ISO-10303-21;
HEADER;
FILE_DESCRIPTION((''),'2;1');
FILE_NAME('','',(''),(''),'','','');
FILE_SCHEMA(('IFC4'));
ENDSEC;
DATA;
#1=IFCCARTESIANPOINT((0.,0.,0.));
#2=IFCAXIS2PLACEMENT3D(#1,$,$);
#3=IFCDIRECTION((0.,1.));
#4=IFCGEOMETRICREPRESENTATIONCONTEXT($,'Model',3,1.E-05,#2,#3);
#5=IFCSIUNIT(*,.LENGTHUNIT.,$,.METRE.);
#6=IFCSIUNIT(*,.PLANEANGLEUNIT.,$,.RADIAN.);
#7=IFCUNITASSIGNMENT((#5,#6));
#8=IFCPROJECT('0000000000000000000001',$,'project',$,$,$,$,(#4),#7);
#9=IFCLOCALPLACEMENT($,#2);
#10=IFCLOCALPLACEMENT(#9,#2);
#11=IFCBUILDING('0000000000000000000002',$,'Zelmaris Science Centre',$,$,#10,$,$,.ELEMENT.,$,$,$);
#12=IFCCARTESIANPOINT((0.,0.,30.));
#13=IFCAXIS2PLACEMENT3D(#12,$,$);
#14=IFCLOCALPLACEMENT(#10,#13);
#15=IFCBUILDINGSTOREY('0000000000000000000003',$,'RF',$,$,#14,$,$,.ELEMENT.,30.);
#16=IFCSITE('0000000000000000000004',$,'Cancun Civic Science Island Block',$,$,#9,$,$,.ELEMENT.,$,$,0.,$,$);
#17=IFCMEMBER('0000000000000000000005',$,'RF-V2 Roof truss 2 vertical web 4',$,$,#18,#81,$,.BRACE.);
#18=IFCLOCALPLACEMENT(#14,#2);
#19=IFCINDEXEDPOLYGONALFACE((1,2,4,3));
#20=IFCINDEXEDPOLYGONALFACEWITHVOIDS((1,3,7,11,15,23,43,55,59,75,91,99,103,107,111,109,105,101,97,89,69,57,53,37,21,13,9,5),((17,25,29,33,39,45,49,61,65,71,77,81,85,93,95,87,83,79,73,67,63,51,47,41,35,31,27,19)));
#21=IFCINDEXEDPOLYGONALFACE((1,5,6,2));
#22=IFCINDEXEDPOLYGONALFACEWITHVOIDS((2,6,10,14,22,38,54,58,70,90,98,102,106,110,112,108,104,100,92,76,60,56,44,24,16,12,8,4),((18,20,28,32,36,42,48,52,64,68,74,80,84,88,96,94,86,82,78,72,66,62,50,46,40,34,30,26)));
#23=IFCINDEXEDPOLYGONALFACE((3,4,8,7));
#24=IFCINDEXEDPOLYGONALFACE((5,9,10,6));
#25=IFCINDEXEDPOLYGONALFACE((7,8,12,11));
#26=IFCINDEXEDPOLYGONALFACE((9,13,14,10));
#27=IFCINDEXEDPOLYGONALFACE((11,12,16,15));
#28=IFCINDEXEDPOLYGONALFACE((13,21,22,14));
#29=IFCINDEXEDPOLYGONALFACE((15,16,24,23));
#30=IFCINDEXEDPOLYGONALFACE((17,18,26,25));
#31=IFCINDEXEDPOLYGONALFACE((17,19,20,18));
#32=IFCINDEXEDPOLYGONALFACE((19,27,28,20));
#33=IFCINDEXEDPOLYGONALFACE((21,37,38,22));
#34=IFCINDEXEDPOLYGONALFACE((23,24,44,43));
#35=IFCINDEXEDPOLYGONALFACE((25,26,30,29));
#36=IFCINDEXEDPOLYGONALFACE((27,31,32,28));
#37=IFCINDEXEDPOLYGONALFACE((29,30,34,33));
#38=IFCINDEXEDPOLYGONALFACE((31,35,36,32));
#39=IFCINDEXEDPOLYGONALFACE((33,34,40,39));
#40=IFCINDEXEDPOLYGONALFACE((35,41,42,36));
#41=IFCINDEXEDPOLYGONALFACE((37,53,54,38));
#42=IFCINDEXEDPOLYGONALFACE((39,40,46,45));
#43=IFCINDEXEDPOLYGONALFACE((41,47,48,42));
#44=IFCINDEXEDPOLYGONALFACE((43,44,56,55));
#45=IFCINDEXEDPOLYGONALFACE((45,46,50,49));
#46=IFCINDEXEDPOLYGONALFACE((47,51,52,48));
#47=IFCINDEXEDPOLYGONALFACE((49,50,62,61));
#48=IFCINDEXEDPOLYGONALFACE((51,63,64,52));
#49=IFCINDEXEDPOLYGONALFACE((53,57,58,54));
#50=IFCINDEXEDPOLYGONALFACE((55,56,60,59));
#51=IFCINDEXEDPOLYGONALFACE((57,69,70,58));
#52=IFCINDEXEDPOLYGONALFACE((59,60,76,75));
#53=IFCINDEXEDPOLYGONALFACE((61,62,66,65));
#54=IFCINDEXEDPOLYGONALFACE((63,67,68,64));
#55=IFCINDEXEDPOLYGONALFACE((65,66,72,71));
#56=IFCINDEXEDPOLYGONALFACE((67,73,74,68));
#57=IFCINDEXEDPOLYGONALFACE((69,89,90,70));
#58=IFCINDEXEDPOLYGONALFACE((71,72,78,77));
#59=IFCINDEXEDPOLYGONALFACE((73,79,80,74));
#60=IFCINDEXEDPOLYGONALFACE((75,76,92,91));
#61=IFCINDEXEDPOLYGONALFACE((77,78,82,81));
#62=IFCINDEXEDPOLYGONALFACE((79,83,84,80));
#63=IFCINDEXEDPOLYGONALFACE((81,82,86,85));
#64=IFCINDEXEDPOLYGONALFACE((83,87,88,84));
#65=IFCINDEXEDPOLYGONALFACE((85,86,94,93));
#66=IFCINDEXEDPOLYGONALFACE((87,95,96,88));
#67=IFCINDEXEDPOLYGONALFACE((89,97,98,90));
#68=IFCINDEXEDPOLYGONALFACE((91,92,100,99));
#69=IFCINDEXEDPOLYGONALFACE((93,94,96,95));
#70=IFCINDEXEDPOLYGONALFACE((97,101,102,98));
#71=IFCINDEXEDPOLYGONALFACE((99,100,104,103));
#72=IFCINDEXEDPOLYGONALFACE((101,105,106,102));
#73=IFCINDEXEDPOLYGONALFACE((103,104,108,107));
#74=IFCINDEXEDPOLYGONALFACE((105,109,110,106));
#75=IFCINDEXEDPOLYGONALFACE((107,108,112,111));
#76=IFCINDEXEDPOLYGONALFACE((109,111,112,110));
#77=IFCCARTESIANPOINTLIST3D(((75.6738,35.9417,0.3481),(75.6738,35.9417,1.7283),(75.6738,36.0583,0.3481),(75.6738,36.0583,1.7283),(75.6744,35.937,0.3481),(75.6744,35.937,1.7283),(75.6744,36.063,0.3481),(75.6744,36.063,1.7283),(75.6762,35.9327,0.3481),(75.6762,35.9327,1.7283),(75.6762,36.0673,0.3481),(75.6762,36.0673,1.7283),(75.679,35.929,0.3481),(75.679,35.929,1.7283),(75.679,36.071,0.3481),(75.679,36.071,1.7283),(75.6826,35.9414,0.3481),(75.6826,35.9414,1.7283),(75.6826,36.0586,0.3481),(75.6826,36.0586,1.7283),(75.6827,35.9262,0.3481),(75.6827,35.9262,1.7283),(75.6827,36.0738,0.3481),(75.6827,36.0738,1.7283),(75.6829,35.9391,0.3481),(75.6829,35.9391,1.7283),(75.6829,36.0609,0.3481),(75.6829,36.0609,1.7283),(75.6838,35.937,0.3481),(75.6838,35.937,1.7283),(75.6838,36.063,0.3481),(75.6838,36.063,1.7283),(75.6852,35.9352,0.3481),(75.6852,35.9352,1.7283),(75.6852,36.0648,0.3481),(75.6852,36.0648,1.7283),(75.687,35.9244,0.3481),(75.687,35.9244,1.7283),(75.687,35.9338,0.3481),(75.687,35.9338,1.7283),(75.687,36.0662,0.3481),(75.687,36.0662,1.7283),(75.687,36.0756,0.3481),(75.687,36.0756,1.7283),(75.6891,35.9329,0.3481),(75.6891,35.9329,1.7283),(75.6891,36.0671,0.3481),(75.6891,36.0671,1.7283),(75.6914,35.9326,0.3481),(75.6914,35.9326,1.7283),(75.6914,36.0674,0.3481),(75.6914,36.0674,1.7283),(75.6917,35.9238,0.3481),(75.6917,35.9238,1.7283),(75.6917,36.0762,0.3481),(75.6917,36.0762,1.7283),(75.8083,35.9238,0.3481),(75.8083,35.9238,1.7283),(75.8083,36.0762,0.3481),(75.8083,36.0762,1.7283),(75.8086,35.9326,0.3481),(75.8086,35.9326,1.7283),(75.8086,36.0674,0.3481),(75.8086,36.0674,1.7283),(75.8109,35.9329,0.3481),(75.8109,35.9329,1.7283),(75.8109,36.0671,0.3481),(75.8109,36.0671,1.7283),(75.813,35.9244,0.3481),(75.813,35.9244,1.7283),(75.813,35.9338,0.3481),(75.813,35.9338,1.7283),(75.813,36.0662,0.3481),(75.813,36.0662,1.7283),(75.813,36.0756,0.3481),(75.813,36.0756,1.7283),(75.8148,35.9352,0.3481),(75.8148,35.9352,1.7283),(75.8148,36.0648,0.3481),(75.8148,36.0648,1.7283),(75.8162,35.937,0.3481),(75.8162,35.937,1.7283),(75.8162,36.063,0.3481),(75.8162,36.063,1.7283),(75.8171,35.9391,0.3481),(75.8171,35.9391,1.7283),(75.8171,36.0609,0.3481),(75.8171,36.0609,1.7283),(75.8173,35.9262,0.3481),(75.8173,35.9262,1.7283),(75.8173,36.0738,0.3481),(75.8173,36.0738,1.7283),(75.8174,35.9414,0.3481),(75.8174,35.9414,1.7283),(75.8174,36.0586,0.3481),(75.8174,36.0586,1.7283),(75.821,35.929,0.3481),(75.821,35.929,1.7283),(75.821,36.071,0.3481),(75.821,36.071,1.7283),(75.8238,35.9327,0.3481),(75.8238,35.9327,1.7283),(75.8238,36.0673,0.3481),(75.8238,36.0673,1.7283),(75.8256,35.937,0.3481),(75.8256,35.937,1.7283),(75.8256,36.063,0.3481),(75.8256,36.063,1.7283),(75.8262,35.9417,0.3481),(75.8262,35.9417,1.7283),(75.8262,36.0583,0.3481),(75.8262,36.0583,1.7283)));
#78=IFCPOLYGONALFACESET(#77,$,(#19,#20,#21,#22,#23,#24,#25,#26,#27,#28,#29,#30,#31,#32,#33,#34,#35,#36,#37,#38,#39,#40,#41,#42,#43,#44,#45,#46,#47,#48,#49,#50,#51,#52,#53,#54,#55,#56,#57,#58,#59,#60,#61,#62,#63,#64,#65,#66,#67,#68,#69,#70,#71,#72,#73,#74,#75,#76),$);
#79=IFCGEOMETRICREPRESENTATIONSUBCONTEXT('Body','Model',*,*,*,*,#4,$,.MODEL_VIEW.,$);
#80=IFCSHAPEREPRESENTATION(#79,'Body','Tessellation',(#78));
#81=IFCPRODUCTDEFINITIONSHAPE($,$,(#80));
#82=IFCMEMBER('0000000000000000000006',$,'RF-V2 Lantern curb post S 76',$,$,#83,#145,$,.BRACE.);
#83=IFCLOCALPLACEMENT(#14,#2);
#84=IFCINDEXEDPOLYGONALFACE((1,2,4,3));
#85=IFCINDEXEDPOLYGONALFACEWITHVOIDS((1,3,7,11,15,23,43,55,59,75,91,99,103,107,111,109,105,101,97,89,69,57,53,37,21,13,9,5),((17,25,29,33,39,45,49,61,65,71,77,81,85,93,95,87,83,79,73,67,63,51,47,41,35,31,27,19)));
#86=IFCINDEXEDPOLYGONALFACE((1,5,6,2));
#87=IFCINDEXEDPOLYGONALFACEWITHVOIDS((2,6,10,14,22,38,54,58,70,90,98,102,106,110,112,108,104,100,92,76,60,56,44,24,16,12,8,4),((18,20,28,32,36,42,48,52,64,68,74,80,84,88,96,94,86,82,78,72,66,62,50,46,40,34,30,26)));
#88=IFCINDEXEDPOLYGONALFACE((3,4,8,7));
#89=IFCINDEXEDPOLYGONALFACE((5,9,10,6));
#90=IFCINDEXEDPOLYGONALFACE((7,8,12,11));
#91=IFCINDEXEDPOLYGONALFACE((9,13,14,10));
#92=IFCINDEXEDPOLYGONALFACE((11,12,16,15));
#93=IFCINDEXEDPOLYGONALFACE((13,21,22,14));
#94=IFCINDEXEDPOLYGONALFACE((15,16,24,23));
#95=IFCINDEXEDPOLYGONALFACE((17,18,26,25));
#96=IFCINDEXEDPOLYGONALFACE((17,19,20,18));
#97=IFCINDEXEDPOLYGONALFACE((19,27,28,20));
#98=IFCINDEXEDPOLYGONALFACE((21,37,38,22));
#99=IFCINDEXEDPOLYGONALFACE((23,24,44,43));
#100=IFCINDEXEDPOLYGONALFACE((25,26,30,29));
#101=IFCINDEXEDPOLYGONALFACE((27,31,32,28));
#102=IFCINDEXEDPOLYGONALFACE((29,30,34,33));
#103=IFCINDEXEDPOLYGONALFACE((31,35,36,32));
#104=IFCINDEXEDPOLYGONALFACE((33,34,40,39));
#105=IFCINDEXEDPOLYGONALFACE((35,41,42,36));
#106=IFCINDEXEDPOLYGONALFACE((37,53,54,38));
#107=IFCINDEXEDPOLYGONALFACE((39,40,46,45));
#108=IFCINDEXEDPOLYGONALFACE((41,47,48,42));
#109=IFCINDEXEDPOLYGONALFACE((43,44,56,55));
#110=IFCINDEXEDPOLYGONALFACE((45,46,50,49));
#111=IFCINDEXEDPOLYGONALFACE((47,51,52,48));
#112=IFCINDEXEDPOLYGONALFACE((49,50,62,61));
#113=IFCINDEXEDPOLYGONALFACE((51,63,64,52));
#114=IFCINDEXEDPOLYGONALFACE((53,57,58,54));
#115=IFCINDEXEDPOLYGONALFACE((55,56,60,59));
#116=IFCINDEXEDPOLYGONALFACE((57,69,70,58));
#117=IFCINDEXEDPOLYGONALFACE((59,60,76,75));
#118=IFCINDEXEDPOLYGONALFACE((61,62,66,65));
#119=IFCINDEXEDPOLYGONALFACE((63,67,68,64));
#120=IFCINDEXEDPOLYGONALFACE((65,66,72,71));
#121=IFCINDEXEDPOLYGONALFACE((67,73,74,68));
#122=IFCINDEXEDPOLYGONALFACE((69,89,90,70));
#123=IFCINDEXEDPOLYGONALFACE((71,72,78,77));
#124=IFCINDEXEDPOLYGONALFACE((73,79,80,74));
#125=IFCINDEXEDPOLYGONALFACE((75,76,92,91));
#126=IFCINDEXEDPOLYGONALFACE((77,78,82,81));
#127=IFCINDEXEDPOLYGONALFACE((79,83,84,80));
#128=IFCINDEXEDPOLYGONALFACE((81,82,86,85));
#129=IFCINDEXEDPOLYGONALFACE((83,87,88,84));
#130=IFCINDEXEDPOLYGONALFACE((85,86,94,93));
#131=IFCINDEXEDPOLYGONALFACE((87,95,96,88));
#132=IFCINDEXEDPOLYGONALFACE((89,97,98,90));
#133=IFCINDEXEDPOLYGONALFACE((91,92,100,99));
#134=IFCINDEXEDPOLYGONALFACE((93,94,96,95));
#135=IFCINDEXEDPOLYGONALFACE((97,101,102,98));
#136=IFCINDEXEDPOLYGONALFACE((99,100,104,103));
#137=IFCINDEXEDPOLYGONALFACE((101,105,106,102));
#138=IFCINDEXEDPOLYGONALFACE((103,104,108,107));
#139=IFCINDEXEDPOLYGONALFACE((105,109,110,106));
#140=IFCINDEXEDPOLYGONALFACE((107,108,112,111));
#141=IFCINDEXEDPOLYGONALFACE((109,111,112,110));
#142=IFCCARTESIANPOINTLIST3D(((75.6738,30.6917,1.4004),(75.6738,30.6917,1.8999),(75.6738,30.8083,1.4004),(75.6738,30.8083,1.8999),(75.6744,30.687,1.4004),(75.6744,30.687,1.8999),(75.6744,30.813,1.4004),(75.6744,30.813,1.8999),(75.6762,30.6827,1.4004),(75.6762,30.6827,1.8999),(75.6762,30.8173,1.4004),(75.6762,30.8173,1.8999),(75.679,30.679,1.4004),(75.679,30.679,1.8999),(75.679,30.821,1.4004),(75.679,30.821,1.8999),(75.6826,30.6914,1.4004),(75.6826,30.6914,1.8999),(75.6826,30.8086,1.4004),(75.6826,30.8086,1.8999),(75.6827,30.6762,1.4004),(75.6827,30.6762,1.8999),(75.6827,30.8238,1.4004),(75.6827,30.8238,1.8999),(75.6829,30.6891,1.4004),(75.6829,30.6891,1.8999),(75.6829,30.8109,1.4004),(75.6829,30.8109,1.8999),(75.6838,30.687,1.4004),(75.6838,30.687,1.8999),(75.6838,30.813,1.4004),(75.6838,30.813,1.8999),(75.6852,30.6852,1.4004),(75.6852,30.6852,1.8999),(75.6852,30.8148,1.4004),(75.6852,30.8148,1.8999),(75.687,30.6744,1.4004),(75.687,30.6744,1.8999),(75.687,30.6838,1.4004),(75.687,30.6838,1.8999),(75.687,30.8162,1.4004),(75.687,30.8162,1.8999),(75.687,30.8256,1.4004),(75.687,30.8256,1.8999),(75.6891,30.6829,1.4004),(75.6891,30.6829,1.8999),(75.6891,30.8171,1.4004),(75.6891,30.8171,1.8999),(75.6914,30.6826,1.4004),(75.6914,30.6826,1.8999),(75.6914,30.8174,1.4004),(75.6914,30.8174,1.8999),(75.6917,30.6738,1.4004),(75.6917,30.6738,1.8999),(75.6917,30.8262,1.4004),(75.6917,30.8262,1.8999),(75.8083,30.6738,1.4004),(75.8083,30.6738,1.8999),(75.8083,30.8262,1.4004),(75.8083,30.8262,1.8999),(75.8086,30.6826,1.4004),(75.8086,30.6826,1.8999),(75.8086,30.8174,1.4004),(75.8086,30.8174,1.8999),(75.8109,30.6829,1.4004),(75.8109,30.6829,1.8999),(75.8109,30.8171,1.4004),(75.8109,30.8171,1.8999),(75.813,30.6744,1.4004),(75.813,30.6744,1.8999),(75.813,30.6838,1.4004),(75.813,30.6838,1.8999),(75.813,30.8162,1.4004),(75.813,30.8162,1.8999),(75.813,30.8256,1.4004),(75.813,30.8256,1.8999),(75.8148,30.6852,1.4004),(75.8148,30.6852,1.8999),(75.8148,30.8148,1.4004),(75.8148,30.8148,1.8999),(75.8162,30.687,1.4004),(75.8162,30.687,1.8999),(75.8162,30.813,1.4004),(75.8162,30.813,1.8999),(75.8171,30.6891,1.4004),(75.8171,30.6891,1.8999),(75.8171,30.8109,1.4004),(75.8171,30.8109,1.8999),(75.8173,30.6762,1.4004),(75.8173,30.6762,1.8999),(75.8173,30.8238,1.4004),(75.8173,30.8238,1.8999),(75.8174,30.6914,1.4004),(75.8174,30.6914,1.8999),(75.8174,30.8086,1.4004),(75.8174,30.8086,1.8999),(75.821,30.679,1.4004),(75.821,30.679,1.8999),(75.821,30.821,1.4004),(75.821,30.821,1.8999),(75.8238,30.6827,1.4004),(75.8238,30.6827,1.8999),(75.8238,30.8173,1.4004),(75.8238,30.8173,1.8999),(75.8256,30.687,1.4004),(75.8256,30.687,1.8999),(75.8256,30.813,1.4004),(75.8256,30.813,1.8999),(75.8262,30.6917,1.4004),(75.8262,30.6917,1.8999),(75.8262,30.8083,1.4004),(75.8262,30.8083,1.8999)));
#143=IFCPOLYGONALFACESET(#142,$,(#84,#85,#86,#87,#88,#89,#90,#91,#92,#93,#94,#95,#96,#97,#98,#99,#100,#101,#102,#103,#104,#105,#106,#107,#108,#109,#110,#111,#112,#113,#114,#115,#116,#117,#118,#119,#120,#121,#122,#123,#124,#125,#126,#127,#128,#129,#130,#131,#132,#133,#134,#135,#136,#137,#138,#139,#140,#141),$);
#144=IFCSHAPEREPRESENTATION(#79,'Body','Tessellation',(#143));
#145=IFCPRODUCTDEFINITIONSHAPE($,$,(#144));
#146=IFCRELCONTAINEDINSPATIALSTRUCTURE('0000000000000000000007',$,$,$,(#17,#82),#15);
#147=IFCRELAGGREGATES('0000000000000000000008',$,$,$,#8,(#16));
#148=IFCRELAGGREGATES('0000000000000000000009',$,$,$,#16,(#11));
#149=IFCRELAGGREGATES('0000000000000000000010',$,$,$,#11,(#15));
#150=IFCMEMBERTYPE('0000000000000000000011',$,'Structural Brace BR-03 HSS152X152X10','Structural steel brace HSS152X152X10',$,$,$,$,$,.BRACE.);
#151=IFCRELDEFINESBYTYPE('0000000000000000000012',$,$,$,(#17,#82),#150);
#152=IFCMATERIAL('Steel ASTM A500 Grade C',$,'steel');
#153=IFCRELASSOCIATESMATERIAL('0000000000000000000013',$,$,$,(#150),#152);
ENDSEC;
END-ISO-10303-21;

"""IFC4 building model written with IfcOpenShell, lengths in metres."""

from ifc_helpers import new_model, si_unit, direction, frame, origin, origin_2d, place, context, subcontext, project, spatial, hollow_rectangle, extrude, material, material_profile, profile_set, type_object, element, save


model = new_model("IFC4")

# Units and contexts
model_context = context("Model", 3, precision=1e-05, world=origin(), true_north=direction((0.0, 1.0)))
body_context = subcontext(model_context, "Body", "Model", "MODEL_VIEW")
ifc_project = project(units=[si_unit("LENGTHUNIT", "METRE"), si_unit("PLANEANGLEUNIT", "RADIAN")], contexts=[model_context])

# Site, building, storey
site_placement = place(None, origin())
site = spatial("IfcSite", under=ifc_project, at=site_placement, Name="Cancun Civic Science Island Block", CompositionType="ELEMENT", RefElevation=0.0)
building_placement = place(site_placement, origin())
building = spatial("IfcBuilding", under=site, at=building_placement, Name="Zelmaris Science Centre", CompositionType="ELEMENT")
storey_placement = place(building_placement, frame((0.0, 0.0, 30.0)))
storey = spatial("IfcBuildingStorey", under=building, at=storey_placement, Name="RF", CompositionType="ELEMENT", Elevation=30.0)

# Shared definitions
ifc_material_1 = material(Name="Steel ASTM A500 Grade C", Category="steel")

# Members
ifc_material_profile_1 = material_profile(ifc_material_1, hollow_rectangle(XDim=0.1523, YDim=0.1523, WallThickness=0.0088, InnerFilletRadius=0.0088, OuterFilletRadius=0.0178, at=origin_2d()), Name="HSS152X152X10")
ifc_profile_set_1 = profile_set([ifc_material_profile_1], Name="Steel ASTM A500 Grade C")
member_type_1 = type_object("IfcMemberType", Name="Structural Brace BR-03 HSS152X152X10", Description="Structural steel brace HSS152X152X10", PredefinedType="BRACE", material=ifc_profile_set_1)
member_1_placement = place(storey_placement, frame((75.75, 36.0, 0.3481), z_axis=(0.0, 0.0, 1.0), x_axis=(1.0, 0.0, 0.0)))
element("IfcMember", 1, at=member_1_placement, inside=storey, type_object=member_type_1, Name="RF-V2 Roof truss 2 vertical web 4", PredefinedType="BRACE", context=body_context, shape_type="SweptSolid", body=[
    extrude(hollow_rectangle(XDim=0.1523, YDim=0.1523, WallThickness=0.0088, InnerFilletRadius=0.0088, OuterFilletRadius=0.0178, at=origin_2d()), origin(), (0.0, 0.0, 1.0), 1.3801),
])
for number, where, z_axis, x_axis, name in (
    (2, (75.75, 30.75, 1.4004), (0.0, 0.0, 1.0), (1.0, 0.0, 0.0), "RF-V2 Lantern curb post S 76"),
):
    element("IfcMember", number, at=place(storey_placement, frame(where, z_axis=z_axis, x_axis=x_axis)), inside=storey, type_object=member_type_1, Name=name, PredefinedType="BRACE", context=body_context, shape_type="SweptSolid", body=[
        extrude(hollow_rectangle(XDim=0.1523, YDim=0.1523, WallThickness=0.0088, InnerFilletRadius=0.0088, OuterFilletRadius=0.0178, at=origin_2d()), origin(), (0.0, 0.0, 1.0), 0.4995),
    ])

save(model, "model.ifc")
